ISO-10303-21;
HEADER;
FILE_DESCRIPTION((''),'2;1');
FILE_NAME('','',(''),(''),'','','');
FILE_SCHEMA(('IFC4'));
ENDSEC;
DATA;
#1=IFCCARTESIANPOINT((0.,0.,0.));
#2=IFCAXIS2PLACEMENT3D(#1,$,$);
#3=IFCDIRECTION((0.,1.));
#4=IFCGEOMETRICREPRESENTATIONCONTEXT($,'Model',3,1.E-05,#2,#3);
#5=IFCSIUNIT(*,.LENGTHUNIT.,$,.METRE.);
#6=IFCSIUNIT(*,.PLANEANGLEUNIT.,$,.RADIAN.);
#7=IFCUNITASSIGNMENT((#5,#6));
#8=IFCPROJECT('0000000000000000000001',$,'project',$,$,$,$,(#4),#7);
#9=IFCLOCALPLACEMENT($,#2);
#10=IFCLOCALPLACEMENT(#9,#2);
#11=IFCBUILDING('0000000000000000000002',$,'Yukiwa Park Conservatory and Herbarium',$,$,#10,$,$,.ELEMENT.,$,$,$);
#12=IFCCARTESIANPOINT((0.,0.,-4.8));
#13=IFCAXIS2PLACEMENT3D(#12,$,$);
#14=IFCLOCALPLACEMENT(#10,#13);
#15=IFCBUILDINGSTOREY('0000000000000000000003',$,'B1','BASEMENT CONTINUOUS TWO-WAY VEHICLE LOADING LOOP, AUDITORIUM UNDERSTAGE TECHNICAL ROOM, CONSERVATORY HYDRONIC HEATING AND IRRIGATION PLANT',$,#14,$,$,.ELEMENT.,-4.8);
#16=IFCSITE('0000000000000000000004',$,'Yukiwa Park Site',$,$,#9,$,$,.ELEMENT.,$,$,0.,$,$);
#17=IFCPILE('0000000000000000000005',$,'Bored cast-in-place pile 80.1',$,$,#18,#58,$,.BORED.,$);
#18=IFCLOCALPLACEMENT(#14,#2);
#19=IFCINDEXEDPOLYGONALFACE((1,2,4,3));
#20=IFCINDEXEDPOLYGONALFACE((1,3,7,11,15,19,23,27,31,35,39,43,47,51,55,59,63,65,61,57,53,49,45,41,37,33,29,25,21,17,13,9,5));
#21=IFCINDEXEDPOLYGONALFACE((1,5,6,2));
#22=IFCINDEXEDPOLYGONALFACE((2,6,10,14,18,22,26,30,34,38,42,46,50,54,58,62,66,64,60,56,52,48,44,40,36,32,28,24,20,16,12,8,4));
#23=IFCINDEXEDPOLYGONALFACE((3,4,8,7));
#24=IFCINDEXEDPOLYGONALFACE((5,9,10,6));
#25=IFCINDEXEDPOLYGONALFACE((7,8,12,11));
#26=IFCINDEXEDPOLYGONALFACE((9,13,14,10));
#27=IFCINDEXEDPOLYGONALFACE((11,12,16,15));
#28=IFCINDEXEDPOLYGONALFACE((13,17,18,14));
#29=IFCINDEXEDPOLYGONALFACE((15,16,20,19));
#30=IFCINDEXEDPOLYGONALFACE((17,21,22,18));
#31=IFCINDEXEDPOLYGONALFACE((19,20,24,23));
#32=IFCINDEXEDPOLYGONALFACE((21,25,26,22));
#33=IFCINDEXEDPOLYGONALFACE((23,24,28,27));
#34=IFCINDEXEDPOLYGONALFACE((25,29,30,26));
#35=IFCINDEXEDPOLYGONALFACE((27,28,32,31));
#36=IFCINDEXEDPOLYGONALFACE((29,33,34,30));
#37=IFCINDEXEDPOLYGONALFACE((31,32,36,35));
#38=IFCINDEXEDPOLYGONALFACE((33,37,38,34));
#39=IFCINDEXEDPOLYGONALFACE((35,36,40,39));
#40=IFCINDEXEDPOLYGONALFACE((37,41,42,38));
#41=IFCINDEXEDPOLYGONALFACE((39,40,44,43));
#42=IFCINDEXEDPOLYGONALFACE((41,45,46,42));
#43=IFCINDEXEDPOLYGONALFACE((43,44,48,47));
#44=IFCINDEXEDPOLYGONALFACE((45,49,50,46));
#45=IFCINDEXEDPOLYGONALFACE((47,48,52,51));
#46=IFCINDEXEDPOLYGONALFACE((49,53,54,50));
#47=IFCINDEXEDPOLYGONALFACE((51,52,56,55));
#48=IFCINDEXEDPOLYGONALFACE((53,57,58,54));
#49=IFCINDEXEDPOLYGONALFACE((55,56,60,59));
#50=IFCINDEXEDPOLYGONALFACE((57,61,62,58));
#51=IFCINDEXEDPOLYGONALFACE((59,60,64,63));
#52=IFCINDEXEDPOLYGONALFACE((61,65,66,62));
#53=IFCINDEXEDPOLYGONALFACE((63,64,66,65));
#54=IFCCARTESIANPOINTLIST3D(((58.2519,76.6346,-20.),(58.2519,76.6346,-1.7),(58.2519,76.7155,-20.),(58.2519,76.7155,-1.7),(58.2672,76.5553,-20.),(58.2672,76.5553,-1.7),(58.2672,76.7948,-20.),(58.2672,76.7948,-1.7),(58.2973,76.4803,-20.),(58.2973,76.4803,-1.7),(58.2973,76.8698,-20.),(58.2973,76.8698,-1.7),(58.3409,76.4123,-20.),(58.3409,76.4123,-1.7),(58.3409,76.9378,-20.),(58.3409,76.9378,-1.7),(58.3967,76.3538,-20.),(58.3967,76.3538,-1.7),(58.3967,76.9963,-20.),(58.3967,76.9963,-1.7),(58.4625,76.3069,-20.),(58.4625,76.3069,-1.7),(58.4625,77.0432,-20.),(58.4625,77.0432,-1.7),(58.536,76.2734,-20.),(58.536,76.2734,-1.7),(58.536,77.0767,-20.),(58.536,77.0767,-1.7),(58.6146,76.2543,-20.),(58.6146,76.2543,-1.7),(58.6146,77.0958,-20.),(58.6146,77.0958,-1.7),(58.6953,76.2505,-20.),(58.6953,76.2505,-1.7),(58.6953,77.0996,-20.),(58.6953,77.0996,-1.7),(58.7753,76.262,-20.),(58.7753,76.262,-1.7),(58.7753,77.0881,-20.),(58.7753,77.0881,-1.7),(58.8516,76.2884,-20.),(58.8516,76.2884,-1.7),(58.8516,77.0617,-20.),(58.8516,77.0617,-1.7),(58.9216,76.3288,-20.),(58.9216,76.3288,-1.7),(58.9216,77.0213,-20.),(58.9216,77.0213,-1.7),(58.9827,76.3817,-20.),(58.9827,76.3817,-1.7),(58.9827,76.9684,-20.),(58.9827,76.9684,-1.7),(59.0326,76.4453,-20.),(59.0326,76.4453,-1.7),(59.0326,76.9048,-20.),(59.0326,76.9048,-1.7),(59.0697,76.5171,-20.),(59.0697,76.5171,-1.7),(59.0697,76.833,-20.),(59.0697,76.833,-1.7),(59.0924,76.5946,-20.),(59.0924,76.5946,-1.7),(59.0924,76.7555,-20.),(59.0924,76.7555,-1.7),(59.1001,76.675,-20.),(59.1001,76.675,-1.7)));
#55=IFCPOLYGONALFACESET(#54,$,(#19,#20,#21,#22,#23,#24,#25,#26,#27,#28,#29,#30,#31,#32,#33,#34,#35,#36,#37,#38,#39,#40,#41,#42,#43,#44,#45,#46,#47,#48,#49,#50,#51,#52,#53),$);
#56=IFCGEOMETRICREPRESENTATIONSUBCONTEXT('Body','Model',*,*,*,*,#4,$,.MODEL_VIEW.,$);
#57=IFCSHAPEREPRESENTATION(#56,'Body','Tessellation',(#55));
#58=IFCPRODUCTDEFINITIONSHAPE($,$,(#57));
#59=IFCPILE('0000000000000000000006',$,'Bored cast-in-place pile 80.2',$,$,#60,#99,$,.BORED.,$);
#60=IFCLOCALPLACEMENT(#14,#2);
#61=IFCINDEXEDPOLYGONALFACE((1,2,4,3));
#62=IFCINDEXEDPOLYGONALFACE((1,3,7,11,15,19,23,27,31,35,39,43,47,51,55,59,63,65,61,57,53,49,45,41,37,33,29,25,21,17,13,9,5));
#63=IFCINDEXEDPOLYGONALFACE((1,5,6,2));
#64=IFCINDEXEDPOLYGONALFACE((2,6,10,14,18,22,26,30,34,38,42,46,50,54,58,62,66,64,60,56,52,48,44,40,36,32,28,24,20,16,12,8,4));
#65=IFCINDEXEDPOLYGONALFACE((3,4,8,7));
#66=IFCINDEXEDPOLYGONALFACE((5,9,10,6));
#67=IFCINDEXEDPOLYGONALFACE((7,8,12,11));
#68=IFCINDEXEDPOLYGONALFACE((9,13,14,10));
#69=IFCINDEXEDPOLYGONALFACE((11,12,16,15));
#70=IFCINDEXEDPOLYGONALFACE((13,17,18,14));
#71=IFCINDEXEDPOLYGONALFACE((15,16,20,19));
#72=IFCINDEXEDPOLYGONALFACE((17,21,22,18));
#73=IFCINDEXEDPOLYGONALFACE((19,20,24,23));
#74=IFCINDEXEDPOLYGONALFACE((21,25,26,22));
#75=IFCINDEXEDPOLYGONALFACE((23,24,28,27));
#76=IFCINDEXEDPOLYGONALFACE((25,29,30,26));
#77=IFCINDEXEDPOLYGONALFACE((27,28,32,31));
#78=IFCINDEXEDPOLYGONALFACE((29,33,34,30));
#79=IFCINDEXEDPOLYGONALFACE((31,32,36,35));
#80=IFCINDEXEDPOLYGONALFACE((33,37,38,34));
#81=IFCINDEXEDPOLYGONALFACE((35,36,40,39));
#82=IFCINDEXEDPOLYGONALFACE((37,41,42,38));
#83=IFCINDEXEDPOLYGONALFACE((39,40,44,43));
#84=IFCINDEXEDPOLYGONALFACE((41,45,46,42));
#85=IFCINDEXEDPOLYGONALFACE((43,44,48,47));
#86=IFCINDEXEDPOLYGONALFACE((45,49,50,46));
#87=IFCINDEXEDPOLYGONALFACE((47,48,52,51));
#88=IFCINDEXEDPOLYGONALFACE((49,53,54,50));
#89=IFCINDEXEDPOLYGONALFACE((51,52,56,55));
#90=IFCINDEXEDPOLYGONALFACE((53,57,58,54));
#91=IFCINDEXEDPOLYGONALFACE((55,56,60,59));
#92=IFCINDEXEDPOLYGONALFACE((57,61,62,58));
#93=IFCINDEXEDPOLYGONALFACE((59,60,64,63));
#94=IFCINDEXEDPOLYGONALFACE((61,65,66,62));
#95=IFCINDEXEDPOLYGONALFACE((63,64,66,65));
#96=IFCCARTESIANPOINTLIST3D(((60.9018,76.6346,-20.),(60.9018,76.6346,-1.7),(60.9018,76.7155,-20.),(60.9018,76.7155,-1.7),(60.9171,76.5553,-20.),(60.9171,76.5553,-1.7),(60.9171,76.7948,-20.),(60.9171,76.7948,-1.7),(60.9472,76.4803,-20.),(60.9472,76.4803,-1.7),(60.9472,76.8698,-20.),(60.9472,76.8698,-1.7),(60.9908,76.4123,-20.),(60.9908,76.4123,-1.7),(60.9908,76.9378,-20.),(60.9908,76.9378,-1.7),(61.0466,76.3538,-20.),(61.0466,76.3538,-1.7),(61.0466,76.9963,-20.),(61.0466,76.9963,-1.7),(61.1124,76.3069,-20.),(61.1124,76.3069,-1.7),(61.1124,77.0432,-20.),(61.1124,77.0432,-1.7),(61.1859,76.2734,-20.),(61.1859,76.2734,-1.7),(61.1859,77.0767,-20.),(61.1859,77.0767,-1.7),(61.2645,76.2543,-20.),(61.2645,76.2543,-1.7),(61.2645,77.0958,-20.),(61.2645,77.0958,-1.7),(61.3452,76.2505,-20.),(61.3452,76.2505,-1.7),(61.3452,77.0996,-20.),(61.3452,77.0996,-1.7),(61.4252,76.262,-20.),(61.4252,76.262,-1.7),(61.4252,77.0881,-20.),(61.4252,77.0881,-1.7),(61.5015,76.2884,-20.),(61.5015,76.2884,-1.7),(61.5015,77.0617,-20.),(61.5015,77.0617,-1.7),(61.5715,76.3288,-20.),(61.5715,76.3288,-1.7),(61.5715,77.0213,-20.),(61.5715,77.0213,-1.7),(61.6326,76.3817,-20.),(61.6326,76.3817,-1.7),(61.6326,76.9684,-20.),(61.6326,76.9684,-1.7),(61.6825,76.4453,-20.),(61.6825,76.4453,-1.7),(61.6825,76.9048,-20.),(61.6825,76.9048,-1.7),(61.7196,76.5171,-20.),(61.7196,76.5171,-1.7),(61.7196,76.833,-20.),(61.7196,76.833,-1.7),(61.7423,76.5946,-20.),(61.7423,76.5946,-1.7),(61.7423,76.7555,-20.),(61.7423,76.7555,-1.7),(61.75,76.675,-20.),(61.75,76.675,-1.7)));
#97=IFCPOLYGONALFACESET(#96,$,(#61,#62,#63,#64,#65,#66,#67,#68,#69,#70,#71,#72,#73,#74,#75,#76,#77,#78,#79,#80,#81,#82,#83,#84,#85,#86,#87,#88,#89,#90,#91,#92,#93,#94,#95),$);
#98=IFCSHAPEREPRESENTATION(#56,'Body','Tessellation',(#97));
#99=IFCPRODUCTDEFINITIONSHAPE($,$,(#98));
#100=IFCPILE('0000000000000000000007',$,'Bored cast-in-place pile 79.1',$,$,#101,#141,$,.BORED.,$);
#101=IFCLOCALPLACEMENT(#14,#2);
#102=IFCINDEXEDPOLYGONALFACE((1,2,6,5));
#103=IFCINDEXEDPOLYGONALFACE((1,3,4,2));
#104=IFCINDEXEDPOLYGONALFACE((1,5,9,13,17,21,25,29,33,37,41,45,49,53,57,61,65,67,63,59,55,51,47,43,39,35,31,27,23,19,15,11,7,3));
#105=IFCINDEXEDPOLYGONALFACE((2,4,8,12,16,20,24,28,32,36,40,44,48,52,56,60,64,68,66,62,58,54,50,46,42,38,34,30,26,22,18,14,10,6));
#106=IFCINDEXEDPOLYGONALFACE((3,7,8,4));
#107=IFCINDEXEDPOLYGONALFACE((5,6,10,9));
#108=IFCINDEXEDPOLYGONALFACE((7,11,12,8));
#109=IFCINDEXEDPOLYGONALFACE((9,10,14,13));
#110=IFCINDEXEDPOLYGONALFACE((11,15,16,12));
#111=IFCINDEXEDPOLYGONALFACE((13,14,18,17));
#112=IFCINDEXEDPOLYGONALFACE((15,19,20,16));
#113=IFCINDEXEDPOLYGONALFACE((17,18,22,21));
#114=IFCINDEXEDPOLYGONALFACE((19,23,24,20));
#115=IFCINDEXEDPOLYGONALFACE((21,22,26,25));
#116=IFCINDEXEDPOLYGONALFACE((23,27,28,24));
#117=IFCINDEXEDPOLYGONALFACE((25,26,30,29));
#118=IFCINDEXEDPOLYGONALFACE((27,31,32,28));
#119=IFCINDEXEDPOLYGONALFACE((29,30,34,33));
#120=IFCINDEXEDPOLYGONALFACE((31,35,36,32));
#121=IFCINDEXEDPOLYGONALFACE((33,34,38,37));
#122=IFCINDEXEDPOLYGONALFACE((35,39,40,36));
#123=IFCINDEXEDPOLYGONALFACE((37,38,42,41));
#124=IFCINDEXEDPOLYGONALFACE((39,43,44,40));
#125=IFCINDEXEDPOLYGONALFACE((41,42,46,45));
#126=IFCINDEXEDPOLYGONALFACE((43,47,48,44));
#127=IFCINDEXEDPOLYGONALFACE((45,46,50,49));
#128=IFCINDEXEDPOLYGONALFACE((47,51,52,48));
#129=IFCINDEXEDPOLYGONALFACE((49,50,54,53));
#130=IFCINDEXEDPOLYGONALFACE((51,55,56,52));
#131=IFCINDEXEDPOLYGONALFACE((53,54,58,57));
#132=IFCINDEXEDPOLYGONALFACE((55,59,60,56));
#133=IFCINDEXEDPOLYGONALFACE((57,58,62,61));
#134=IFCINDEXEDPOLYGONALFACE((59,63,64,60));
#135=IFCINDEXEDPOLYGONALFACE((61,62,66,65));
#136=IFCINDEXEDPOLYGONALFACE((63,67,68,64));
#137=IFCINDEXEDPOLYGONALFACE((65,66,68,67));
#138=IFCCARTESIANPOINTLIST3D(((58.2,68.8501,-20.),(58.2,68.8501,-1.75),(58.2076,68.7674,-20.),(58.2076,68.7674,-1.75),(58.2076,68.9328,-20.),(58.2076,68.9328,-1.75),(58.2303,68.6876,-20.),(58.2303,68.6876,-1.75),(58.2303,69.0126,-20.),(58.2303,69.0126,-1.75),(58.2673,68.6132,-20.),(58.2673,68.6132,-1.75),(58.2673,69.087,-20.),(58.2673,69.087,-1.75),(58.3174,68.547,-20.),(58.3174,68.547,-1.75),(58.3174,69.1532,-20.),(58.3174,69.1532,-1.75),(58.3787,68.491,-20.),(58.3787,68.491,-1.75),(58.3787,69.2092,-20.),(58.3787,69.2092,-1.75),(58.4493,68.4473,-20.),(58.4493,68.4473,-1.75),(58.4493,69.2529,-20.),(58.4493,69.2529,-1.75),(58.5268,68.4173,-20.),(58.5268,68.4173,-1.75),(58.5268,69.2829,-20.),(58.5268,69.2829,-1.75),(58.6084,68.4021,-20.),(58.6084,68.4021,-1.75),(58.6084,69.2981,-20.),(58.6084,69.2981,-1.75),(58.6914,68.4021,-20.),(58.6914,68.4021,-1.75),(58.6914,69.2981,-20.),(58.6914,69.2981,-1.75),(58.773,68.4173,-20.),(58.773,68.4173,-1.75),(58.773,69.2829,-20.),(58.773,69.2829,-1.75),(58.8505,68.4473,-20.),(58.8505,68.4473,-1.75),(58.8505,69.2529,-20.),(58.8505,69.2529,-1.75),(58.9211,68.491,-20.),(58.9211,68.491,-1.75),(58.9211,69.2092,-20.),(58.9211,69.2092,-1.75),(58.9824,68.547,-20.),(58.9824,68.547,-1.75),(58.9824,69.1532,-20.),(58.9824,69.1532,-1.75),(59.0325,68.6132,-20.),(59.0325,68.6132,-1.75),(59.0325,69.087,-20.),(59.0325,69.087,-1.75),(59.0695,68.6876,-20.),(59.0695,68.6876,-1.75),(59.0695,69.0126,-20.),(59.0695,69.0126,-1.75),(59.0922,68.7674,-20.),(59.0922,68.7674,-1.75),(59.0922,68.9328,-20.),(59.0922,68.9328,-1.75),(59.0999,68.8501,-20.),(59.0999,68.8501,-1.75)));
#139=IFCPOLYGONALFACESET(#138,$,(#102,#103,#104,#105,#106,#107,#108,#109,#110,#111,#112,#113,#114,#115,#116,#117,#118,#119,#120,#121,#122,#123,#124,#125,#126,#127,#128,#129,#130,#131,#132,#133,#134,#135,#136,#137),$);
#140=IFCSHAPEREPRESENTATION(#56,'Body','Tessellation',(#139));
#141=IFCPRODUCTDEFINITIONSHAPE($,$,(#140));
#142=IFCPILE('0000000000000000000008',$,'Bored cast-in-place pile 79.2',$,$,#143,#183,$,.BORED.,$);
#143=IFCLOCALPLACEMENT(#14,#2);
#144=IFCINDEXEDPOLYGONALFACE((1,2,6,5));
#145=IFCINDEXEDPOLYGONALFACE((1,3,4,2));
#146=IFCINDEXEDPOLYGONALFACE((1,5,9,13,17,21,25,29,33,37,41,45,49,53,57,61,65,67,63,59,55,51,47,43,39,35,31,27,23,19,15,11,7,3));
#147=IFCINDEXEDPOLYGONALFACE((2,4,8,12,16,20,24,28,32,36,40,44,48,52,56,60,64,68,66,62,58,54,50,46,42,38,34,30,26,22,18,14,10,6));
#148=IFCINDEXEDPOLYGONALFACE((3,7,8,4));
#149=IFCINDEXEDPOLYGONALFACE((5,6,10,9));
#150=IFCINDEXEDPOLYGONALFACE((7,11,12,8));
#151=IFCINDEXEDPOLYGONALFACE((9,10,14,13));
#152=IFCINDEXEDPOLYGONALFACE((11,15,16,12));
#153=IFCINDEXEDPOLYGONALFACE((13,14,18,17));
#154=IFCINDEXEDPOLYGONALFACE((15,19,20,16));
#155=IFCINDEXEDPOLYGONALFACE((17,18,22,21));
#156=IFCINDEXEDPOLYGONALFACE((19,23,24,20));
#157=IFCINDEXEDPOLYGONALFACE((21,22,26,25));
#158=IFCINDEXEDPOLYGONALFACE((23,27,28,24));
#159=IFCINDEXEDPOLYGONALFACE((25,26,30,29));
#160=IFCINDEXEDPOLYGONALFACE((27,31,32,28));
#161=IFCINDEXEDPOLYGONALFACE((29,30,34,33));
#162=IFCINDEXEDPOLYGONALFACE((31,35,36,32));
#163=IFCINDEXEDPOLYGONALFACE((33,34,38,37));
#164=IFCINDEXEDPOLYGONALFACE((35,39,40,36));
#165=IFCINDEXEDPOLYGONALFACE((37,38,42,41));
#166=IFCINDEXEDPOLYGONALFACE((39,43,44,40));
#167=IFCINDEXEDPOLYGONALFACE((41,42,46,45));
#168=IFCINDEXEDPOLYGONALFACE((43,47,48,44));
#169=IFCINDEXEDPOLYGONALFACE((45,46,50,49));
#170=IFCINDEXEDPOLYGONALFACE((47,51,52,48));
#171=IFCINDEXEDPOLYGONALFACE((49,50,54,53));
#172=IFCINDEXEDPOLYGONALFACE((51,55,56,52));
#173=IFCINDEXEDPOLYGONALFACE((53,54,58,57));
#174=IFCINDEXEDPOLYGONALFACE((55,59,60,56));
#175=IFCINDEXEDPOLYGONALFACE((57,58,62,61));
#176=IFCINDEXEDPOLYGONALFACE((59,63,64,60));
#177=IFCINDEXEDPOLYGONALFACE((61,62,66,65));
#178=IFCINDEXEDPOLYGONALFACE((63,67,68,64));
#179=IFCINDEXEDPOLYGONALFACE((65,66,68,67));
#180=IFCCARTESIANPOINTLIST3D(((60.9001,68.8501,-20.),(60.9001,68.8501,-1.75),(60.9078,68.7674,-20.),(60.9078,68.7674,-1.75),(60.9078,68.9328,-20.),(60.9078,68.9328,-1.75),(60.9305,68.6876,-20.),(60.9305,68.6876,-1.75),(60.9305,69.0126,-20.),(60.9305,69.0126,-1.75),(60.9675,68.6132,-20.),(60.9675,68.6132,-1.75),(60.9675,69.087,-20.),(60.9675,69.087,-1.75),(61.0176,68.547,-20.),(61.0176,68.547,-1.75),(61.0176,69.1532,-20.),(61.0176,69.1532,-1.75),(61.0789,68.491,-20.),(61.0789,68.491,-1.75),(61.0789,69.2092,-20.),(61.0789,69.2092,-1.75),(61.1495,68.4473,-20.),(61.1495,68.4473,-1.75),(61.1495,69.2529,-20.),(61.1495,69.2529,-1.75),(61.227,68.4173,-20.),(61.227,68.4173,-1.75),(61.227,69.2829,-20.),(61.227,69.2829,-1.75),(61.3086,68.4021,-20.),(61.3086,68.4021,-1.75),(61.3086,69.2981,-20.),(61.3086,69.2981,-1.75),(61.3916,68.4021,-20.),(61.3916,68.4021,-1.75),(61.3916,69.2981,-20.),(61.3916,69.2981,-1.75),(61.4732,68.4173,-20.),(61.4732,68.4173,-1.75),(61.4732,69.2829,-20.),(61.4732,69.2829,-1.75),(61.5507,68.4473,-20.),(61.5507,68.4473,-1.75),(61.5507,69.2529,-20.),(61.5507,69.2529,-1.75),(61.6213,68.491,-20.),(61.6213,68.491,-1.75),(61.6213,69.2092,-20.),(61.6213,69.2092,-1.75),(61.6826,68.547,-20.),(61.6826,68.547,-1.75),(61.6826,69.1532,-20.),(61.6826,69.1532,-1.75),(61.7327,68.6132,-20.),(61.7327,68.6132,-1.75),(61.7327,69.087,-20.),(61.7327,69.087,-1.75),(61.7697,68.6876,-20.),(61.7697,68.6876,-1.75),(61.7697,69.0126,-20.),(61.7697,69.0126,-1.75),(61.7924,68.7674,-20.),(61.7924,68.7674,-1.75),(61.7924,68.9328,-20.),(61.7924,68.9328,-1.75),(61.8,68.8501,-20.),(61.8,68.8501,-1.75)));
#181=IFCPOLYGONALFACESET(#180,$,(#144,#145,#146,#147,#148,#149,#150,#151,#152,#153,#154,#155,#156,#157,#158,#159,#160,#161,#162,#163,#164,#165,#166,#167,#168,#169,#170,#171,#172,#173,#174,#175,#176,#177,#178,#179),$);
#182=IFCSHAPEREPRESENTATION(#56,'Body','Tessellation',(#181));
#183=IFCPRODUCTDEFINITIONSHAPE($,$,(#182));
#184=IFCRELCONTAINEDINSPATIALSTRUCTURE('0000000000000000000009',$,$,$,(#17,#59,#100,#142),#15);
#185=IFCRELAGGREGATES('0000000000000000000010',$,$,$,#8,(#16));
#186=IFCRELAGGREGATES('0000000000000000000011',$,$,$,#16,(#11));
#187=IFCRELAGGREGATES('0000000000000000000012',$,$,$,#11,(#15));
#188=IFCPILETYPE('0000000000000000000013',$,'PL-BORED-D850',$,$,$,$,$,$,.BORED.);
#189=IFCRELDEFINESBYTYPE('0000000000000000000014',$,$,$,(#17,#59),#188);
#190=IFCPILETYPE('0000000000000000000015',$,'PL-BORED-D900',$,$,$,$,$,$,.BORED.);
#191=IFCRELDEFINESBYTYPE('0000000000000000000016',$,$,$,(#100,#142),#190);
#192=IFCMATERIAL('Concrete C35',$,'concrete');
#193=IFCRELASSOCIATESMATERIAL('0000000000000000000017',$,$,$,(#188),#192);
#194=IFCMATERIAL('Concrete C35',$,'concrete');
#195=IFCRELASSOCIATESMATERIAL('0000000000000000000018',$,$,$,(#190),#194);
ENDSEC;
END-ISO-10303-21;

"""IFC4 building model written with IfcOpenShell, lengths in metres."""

from ifc_helpers import new_model, si_unit, direction, frame, origin, origin_2d, place, context, subcontext, project, spatial, circle, extrude, material, material_profile, profile_set, type_object, element, save


model = new_model("IFC4")

# Units and contexts
model_context = context("Model", 3, precision=1e-05, world=origin(), true_north=direction((0.0, 1.0)))
body_context = subcontext(model_context, "Body", "Model", "MODEL_VIEW")
ifc_project = project(units=[si_unit("LENGTHUNIT", "METRE"), si_unit("PLANEANGLEUNIT", "RADIAN")], contexts=[model_context])

# Site, building, storey
site_placement = place(None, origin())
site = spatial("IfcSite", under=ifc_project, at=site_placement, Name="Yukiwa Park Site", CompositionType="ELEMENT", RefElevation=0.0)
building_placement = place(site_placement, origin())
building = spatial("IfcBuilding", under=site, at=building_placement, Name="Yukiwa Park Conservatory and Herbarium", CompositionType="ELEMENT")
storey_placement = place(building_placement, frame((0.0, 0.0, -4.8)))
storey = spatial("IfcBuildingStorey", under=building, at=storey_placement, Name="B1", Description="BASEMENT CONTINUOUS TWO-WAY VEHICLE LOADING LOOP, AUDITORIUM UNDERSTAGE TECHNICAL ROOM, CONSERVATORY HYDRONIC HEATING AND IRRIGATION PLANT", CompositionType="ELEMENT", Elevation=-4.8)

# Piles
ifc_material_1 = material(Name="Concrete C35", Category="concrete")
ifc_material_profile_1 = material_profile(ifc_material_1, circle(Radius=0.425, at=origin_2d()), Name="PILE D850")
ifc_profile_set_1 = profile_set([ifc_material_profile_1], Name="Concrete C35")
pile_type_1 = type_object("IfcPileType", Name="PL-BORED-D850", PredefinedType="BORED", material=ifc_profile_set_1)
for number, where, z_axis, x_axis, name in (
    (1, (58.675, 76.675, -1.7), (0.0, 0.0, -1.0), (1.0, 0.0, 0.0), "Bored cast-in-place pile 80.1"),
    (2, (61.325, 76.675, -1.7), (0.0, 0.0, -1.0), (1.0, 0.0, 0.0), "Bored cast-in-place pile 80.2"),
):
    element("IfcPile", number, at=place(storey_placement, frame(where, z_axis=z_axis, x_axis=x_axis)), inside=storey, type_object=pile_type_1, Name=name, PredefinedType="BORED", context=body_context, shape_type="SweptSolid", body=[
        extrude(circle(Radius=0.425, at=origin_2d()), origin(), (0.0, 0.0, 1.0), 18.3),
    ])
ifc_material_2 = material(Name="Concrete C35", Category="concrete")
ifc_material_profile_2 = material_profile(ifc_material_2, circle(Radius=0.45, at=origin_2d()), Name="PILE D900")
ifc_profile_set_2 = profile_set([ifc_material_profile_2], Name="Concrete C35")
pile_type_2 = type_object("IfcPileType", Name="PL-BORED-D900", PredefinedType="BORED", material=ifc_profile_set_2)
for number, where, z_axis, x_axis, name in (
    (3, (58.6499, 68.8501, -1.75), (0.0, 0.0, -1.0), (1.0, 0.0, 0.0), "Bored cast-in-place pile 79.1"),
    (4, (61.3501, 68.8501, -1.75), (0.0, 0.0, -1.0), (1.0, 0.0, 0.0), "Bored cast-in-place pile 79.2"),
):
    element("IfcPile", number, at=place(storey_placement, frame(where, z_axis=z_axis, x_axis=x_axis)), inside=storey, type_object=pile_type_2, Name=name, PredefinedType="BORED", context=body_context, shape_type="SweptSolid", body=[
        extrude(circle(Radius=0.45, at=origin_2d()), origin(), (0.0, 0.0, 1.0), 18.25),
    ])

save(model, "model.ifc")
